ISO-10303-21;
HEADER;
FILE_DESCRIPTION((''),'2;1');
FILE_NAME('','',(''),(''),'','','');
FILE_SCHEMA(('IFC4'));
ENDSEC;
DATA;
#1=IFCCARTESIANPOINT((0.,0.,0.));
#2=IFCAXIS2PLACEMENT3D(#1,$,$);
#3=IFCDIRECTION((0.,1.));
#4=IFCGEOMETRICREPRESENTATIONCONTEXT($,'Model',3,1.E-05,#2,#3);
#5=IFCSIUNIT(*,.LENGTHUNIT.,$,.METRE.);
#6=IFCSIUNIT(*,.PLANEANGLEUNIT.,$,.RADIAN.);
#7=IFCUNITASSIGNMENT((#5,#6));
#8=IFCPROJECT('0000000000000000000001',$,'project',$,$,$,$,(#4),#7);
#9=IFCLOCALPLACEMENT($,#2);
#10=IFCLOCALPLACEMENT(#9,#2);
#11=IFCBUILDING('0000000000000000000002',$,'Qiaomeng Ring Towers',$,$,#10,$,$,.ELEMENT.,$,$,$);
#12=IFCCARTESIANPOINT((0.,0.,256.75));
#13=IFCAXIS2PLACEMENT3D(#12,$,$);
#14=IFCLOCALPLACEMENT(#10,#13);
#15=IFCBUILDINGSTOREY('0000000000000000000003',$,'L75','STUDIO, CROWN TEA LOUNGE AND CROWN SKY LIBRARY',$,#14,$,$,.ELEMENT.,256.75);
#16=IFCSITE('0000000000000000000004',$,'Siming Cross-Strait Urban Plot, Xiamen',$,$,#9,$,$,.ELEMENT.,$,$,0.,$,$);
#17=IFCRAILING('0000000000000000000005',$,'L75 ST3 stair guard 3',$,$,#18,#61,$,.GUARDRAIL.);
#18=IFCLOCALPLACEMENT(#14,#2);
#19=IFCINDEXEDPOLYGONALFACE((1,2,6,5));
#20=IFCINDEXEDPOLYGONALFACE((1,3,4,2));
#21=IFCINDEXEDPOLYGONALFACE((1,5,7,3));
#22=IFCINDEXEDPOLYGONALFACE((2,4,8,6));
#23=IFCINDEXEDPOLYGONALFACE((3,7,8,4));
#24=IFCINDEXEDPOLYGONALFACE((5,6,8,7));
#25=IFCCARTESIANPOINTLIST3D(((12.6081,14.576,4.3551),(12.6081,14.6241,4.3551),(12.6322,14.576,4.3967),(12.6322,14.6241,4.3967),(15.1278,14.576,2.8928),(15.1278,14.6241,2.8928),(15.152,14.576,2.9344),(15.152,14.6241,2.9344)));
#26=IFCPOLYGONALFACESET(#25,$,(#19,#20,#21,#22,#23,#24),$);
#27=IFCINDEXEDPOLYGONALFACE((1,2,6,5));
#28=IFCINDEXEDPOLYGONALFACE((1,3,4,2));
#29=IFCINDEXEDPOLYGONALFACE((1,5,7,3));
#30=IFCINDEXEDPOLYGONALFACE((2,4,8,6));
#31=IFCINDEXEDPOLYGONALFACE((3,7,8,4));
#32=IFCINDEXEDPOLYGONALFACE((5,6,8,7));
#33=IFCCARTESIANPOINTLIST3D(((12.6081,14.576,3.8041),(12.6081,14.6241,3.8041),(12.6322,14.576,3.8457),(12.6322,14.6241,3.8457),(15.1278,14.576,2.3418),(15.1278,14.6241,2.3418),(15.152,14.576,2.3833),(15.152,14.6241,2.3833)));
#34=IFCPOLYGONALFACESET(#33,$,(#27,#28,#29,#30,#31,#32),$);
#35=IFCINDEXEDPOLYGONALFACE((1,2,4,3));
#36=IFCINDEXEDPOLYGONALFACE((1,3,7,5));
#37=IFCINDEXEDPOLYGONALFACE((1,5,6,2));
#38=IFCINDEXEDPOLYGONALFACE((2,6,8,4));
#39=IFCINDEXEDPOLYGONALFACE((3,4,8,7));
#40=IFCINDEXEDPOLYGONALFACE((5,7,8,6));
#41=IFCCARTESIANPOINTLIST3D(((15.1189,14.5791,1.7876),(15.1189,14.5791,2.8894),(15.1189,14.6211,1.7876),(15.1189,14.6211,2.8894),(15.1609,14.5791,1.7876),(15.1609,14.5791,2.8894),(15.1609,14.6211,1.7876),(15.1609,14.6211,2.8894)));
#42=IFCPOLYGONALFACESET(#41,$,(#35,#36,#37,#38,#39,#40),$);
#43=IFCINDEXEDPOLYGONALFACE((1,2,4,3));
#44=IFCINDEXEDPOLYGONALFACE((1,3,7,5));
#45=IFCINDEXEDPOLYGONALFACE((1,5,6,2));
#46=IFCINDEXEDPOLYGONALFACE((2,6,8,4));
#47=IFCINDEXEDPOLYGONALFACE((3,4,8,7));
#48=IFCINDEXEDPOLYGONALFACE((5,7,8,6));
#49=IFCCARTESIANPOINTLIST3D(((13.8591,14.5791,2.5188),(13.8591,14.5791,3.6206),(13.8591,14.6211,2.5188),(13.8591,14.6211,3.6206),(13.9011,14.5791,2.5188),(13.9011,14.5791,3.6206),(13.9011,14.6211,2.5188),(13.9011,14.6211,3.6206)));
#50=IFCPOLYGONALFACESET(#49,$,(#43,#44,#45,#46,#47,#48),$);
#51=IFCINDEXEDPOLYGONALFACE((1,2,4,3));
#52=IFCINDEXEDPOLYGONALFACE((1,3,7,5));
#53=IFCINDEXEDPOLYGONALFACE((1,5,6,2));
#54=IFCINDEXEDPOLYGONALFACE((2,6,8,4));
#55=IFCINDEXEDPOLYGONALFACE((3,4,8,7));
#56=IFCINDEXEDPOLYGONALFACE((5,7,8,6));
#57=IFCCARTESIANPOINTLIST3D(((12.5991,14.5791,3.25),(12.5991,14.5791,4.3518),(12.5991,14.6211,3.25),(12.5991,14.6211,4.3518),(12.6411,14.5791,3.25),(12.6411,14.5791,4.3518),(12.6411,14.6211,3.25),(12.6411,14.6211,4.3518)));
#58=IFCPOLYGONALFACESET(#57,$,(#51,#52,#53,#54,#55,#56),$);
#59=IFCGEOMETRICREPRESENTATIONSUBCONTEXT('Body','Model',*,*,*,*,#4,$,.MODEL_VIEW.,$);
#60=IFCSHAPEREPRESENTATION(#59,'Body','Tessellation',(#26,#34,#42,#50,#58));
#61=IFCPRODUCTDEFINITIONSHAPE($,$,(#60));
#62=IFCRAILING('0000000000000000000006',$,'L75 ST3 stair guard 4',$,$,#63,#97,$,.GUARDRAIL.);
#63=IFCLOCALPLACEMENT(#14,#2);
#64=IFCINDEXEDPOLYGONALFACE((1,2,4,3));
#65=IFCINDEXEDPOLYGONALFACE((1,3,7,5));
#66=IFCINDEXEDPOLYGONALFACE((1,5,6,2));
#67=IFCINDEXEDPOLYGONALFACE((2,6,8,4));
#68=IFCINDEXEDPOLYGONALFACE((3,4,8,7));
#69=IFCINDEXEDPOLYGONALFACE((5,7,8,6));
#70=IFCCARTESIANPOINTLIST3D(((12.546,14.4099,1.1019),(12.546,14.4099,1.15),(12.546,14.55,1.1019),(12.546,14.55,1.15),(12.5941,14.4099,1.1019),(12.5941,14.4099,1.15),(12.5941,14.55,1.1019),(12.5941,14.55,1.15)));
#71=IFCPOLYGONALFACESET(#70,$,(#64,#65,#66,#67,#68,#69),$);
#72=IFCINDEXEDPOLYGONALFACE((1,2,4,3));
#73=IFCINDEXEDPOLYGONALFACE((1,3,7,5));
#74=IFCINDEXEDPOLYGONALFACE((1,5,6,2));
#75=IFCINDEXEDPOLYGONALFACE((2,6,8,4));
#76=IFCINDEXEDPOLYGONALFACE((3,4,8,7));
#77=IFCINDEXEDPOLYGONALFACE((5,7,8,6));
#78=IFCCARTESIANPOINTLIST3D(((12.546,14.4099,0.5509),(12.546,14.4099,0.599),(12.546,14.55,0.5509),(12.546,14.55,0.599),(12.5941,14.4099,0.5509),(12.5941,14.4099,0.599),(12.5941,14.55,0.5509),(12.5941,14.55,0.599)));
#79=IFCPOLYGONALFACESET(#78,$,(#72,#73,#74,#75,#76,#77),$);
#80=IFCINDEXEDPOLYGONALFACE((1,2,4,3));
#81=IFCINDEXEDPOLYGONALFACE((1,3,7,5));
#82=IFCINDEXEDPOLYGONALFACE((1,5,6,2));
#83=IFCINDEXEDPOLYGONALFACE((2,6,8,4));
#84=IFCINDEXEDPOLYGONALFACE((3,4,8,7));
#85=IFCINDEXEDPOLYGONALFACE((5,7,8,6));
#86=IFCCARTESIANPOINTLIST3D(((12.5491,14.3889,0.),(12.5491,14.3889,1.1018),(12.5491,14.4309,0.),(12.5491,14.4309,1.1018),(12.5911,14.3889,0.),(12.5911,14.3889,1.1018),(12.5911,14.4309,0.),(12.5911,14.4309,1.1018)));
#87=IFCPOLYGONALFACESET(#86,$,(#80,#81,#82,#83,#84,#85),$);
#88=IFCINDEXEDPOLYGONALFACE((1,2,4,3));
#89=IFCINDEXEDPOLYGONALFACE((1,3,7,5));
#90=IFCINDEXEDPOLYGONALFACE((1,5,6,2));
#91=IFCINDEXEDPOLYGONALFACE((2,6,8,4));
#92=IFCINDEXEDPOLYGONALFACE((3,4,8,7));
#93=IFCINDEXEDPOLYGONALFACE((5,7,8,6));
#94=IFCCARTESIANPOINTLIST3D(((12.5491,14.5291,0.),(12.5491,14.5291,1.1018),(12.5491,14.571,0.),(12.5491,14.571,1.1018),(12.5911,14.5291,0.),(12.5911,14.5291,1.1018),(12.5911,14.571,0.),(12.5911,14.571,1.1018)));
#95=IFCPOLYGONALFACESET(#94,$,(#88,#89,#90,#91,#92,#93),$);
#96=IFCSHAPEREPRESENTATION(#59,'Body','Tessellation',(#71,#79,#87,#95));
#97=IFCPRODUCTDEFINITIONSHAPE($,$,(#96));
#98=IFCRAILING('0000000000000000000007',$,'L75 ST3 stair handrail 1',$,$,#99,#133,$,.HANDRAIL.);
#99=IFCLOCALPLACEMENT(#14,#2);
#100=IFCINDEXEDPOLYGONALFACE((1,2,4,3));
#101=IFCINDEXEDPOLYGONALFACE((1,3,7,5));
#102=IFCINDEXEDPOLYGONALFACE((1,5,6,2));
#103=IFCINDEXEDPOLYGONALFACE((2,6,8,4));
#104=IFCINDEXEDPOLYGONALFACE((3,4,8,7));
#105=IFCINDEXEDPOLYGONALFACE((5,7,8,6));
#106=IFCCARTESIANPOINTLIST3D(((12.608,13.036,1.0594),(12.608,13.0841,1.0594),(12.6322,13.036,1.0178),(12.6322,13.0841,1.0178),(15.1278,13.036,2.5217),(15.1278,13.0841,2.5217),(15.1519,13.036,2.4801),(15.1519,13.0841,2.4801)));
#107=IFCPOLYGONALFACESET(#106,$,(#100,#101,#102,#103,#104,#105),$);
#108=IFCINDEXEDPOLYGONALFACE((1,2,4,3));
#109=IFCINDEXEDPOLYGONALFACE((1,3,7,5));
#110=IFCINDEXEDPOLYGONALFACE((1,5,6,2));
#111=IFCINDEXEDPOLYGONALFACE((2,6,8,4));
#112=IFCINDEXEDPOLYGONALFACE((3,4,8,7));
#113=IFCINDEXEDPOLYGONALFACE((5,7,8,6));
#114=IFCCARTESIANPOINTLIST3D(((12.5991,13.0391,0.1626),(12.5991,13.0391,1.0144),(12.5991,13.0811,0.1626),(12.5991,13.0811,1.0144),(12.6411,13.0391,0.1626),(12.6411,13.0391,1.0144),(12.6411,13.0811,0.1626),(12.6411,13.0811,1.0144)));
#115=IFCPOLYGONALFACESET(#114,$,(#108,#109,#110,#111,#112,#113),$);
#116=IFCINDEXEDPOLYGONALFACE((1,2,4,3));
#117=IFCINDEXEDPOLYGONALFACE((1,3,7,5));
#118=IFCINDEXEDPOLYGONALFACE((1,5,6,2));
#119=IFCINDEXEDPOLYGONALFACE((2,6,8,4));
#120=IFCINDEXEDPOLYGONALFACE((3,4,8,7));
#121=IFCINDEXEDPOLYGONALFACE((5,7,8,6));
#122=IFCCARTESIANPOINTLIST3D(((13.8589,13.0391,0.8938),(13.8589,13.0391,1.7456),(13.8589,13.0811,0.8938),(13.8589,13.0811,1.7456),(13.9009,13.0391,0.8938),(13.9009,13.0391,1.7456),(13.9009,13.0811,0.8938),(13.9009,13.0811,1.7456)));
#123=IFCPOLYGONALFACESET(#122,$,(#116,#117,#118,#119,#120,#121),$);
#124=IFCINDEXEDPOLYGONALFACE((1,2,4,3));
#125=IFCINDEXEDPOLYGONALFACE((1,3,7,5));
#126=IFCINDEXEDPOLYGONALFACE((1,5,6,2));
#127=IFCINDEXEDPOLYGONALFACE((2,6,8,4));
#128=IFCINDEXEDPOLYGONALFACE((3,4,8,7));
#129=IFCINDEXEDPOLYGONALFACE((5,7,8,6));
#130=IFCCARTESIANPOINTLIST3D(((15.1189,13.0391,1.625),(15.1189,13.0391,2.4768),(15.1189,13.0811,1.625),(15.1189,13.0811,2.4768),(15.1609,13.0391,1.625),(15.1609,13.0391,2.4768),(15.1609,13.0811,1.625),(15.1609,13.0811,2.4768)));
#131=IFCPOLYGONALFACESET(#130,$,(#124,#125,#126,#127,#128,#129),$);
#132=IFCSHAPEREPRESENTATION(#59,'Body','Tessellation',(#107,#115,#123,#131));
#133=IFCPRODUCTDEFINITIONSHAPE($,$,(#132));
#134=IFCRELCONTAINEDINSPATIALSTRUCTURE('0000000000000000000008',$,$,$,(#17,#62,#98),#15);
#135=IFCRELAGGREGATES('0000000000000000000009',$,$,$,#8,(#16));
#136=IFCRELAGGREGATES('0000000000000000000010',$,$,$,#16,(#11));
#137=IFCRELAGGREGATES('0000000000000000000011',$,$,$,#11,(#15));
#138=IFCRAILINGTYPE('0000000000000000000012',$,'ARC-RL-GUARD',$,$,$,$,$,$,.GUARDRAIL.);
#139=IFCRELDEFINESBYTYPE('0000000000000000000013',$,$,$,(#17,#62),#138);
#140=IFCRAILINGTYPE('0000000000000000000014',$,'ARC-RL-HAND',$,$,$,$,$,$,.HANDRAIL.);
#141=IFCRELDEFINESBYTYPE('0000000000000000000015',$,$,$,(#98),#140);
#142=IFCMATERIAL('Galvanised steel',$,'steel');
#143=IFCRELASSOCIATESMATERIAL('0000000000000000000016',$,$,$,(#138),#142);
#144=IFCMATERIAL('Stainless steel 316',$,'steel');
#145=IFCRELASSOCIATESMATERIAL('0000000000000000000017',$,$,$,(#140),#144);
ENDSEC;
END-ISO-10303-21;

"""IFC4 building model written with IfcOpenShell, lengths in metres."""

from ifc_helpers import new_model, si_unit, direction, frame, origin, origin_2d, place, context, subcontext, project, spatial, rectangle, extrude, material, type_object, element, save


model = new_model("IFC4")

# Units and contexts
model_context = context("Model", 3, precision=1e-05, world=origin(), true_north=direction((0.0, 1.0)))
body_context = subcontext(model_context, "Body", "Model", "MODEL_VIEW")
ifc_project = project(units=[si_unit("LENGTHUNIT", "METRE"), si_unit("PLANEANGLEUNIT", "RADIAN")], contexts=[model_context])

# Site, building, storey
site_placement = place(None, origin())
site = spatial("IfcSite", under=ifc_project, at=site_placement, Name="Siming Cross-Strait Urban Plot, Xiamen", CompositionType="ELEMENT", RefElevation=0.0)
building_placement = place(site_placement, origin())
building = spatial("IfcBuilding", under=site, at=building_placement, Name="Qiaomeng Ring Towers", CompositionType="ELEMENT")
storey_placement = place(building_placement, frame((0.0, 0.0, 256.75)))
storey = spatial("IfcBuildingStorey", under=building, at=storey_placement, Name="L75", Description="STUDIO, CROWN TEA LOUNGE AND CROWN SKY LIBRARY", CompositionType="ELEMENT", Elevation=256.75)

# Shared definitions
ifc_material_1 = material(Name="Galvanised steel", Category="steel")

# Railings
railing_type_1 = type_object("IfcRailingType", Name="ARC-RL-GUARD", PredefinedType="GUARDRAIL", material=ifc_material_1)
railing_1_placement = place(storey_placement, frame((15.1399, 14.6001, 1.7876)))
element("IfcRailing", 1, at=railing_1_placement, inside=storey, type_object=railing_type_1, Name="L75 ST3 stair guard 3", PredefinedType="GUARDRAIL", context=body_context, shape_type="SweptSolid", body=[
    extrude(rectangle(XDim=0.0481, YDim=0.0481, at=origin_2d()), frame((0.0, 0.0, 1.126), z_axis=(-0.864892, 0.0, 0.501958), x_axis=(0.0, -1.0, 0.0)), (0.0, 0.0, 1.0), 2.9133),
    extrude(rectangle(XDim=0.0481, YDim=0.0481, at=origin_2d()), frame((0.0, 0.0, 0.575), z_axis=(-0.864892, 0.0, 0.501958), x_axis=(0.0, -1.0, 0.0)), (0.0, 0.0, 1.0), 2.9133),
    extrude(rectangle(XDim=0.042, YDim=0.042, at=origin_2d()), origin(), (0.0, 0.0, 1.0), 1.1018),
    extrude(rectangle(XDim=0.042, YDim=0.042, at=origin_2d()), frame((-1.2598, 0.0, 0.7312)), (0.0, 0.0, 1.0), 1.1018),
    extrude(rectangle(XDim=0.042, YDim=0.042, at=origin_2d()), frame((-2.5198, 0.0, 1.4624)), (0.0, 0.0, 1.0), 1.1018),
])
railing_2_placement = place(storey_placement, frame((12.5701, 14.4099, 0.0)))
element("IfcRailing", 2, at=railing_2_placement, inside=storey, type_object=railing_type_1, Name="L75 ST3 stair guard 4", PredefinedType="GUARDRAIL", context=body_context, shape_type="SweptSolid", body=[
    extrude(rectangle(XDim=0.0481, YDim=0.0481, at=origin_2d()), frame((0.0, 0.0, 1.126), z_axis=(0.0, 1.0, 0.0), x_axis=(-1.0, 0.0, 0.0)), (0.0, 0.0, 1.0), 0.1401),
    extrude(rectangle(XDim=0.0481, YDim=0.0481, at=origin_2d()), frame((0.0, 0.0, 0.575), z_axis=(0.0, 1.0, 0.0), x_axis=(-1.0, 0.0, 0.0)), (0.0, 0.0, 1.0), 0.1401),
    extrude(rectangle(XDim=0.042, YDim=0.042, at=origin_2d()), origin(), (0.0, 0.0, 1.0), 1.1018),
    extrude(rectangle(XDim=0.042, YDim=0.042, at=origin_2d()), frame((0.0, 0.1401, 0.0)), (0.0, 0.0, 1.0), 1.1018),
])
ifc_material_2 = material(Name="Stainless steel 316", Category="steel")
railing_type_2 = type_object("IfcRailingType", Name="ARC-RL-HAND", PredefinedType="HANDRAIL", material=ifc_material_2)
railing_3_placement = place(storey_placement, frame((12.6201, 13.0601, 0.1626)))
element("IfcRailing", 3, at=railing_3_placement, inside=storey, type_object=railing_type_2, Name="L75 ST3 stair handrail 1", PredefinedType="HANDRAIL", context=body_context, shape_type="SweptSolid", body=[
    extrude(rectangle(XDim=0.0481, YDim=0.0481, at=origin_2d()), frame((0.0, 0.0, 0.876), z_axis=(0.864892, 0.0, 0.501958), x_axis=(0.0, 1.0, 0.0)), (0.0, 0.0, 1.0), 2.9133),
    extrude(rectangle(XDim=0.042, YDim=0.042, at=origin_2d()), origin(), (0.0, 0.0, 1.0), 0.8518),
    extrude(rectangle(XDim=0.042, YDim=0.042, at=origin_2d()), frame((1.2598, 0.0, 0.7312)), (0.0, 0.0, 1.0), 0.8518),
    extrude(rectangle(XDim=0.042, YDim=0.042, at=origin_2d()), frame((2.5198, 0.0, 1.4624)), (0.0, 0.0, 1.0), 0.8518),
])

save(model, "model.ifc")
